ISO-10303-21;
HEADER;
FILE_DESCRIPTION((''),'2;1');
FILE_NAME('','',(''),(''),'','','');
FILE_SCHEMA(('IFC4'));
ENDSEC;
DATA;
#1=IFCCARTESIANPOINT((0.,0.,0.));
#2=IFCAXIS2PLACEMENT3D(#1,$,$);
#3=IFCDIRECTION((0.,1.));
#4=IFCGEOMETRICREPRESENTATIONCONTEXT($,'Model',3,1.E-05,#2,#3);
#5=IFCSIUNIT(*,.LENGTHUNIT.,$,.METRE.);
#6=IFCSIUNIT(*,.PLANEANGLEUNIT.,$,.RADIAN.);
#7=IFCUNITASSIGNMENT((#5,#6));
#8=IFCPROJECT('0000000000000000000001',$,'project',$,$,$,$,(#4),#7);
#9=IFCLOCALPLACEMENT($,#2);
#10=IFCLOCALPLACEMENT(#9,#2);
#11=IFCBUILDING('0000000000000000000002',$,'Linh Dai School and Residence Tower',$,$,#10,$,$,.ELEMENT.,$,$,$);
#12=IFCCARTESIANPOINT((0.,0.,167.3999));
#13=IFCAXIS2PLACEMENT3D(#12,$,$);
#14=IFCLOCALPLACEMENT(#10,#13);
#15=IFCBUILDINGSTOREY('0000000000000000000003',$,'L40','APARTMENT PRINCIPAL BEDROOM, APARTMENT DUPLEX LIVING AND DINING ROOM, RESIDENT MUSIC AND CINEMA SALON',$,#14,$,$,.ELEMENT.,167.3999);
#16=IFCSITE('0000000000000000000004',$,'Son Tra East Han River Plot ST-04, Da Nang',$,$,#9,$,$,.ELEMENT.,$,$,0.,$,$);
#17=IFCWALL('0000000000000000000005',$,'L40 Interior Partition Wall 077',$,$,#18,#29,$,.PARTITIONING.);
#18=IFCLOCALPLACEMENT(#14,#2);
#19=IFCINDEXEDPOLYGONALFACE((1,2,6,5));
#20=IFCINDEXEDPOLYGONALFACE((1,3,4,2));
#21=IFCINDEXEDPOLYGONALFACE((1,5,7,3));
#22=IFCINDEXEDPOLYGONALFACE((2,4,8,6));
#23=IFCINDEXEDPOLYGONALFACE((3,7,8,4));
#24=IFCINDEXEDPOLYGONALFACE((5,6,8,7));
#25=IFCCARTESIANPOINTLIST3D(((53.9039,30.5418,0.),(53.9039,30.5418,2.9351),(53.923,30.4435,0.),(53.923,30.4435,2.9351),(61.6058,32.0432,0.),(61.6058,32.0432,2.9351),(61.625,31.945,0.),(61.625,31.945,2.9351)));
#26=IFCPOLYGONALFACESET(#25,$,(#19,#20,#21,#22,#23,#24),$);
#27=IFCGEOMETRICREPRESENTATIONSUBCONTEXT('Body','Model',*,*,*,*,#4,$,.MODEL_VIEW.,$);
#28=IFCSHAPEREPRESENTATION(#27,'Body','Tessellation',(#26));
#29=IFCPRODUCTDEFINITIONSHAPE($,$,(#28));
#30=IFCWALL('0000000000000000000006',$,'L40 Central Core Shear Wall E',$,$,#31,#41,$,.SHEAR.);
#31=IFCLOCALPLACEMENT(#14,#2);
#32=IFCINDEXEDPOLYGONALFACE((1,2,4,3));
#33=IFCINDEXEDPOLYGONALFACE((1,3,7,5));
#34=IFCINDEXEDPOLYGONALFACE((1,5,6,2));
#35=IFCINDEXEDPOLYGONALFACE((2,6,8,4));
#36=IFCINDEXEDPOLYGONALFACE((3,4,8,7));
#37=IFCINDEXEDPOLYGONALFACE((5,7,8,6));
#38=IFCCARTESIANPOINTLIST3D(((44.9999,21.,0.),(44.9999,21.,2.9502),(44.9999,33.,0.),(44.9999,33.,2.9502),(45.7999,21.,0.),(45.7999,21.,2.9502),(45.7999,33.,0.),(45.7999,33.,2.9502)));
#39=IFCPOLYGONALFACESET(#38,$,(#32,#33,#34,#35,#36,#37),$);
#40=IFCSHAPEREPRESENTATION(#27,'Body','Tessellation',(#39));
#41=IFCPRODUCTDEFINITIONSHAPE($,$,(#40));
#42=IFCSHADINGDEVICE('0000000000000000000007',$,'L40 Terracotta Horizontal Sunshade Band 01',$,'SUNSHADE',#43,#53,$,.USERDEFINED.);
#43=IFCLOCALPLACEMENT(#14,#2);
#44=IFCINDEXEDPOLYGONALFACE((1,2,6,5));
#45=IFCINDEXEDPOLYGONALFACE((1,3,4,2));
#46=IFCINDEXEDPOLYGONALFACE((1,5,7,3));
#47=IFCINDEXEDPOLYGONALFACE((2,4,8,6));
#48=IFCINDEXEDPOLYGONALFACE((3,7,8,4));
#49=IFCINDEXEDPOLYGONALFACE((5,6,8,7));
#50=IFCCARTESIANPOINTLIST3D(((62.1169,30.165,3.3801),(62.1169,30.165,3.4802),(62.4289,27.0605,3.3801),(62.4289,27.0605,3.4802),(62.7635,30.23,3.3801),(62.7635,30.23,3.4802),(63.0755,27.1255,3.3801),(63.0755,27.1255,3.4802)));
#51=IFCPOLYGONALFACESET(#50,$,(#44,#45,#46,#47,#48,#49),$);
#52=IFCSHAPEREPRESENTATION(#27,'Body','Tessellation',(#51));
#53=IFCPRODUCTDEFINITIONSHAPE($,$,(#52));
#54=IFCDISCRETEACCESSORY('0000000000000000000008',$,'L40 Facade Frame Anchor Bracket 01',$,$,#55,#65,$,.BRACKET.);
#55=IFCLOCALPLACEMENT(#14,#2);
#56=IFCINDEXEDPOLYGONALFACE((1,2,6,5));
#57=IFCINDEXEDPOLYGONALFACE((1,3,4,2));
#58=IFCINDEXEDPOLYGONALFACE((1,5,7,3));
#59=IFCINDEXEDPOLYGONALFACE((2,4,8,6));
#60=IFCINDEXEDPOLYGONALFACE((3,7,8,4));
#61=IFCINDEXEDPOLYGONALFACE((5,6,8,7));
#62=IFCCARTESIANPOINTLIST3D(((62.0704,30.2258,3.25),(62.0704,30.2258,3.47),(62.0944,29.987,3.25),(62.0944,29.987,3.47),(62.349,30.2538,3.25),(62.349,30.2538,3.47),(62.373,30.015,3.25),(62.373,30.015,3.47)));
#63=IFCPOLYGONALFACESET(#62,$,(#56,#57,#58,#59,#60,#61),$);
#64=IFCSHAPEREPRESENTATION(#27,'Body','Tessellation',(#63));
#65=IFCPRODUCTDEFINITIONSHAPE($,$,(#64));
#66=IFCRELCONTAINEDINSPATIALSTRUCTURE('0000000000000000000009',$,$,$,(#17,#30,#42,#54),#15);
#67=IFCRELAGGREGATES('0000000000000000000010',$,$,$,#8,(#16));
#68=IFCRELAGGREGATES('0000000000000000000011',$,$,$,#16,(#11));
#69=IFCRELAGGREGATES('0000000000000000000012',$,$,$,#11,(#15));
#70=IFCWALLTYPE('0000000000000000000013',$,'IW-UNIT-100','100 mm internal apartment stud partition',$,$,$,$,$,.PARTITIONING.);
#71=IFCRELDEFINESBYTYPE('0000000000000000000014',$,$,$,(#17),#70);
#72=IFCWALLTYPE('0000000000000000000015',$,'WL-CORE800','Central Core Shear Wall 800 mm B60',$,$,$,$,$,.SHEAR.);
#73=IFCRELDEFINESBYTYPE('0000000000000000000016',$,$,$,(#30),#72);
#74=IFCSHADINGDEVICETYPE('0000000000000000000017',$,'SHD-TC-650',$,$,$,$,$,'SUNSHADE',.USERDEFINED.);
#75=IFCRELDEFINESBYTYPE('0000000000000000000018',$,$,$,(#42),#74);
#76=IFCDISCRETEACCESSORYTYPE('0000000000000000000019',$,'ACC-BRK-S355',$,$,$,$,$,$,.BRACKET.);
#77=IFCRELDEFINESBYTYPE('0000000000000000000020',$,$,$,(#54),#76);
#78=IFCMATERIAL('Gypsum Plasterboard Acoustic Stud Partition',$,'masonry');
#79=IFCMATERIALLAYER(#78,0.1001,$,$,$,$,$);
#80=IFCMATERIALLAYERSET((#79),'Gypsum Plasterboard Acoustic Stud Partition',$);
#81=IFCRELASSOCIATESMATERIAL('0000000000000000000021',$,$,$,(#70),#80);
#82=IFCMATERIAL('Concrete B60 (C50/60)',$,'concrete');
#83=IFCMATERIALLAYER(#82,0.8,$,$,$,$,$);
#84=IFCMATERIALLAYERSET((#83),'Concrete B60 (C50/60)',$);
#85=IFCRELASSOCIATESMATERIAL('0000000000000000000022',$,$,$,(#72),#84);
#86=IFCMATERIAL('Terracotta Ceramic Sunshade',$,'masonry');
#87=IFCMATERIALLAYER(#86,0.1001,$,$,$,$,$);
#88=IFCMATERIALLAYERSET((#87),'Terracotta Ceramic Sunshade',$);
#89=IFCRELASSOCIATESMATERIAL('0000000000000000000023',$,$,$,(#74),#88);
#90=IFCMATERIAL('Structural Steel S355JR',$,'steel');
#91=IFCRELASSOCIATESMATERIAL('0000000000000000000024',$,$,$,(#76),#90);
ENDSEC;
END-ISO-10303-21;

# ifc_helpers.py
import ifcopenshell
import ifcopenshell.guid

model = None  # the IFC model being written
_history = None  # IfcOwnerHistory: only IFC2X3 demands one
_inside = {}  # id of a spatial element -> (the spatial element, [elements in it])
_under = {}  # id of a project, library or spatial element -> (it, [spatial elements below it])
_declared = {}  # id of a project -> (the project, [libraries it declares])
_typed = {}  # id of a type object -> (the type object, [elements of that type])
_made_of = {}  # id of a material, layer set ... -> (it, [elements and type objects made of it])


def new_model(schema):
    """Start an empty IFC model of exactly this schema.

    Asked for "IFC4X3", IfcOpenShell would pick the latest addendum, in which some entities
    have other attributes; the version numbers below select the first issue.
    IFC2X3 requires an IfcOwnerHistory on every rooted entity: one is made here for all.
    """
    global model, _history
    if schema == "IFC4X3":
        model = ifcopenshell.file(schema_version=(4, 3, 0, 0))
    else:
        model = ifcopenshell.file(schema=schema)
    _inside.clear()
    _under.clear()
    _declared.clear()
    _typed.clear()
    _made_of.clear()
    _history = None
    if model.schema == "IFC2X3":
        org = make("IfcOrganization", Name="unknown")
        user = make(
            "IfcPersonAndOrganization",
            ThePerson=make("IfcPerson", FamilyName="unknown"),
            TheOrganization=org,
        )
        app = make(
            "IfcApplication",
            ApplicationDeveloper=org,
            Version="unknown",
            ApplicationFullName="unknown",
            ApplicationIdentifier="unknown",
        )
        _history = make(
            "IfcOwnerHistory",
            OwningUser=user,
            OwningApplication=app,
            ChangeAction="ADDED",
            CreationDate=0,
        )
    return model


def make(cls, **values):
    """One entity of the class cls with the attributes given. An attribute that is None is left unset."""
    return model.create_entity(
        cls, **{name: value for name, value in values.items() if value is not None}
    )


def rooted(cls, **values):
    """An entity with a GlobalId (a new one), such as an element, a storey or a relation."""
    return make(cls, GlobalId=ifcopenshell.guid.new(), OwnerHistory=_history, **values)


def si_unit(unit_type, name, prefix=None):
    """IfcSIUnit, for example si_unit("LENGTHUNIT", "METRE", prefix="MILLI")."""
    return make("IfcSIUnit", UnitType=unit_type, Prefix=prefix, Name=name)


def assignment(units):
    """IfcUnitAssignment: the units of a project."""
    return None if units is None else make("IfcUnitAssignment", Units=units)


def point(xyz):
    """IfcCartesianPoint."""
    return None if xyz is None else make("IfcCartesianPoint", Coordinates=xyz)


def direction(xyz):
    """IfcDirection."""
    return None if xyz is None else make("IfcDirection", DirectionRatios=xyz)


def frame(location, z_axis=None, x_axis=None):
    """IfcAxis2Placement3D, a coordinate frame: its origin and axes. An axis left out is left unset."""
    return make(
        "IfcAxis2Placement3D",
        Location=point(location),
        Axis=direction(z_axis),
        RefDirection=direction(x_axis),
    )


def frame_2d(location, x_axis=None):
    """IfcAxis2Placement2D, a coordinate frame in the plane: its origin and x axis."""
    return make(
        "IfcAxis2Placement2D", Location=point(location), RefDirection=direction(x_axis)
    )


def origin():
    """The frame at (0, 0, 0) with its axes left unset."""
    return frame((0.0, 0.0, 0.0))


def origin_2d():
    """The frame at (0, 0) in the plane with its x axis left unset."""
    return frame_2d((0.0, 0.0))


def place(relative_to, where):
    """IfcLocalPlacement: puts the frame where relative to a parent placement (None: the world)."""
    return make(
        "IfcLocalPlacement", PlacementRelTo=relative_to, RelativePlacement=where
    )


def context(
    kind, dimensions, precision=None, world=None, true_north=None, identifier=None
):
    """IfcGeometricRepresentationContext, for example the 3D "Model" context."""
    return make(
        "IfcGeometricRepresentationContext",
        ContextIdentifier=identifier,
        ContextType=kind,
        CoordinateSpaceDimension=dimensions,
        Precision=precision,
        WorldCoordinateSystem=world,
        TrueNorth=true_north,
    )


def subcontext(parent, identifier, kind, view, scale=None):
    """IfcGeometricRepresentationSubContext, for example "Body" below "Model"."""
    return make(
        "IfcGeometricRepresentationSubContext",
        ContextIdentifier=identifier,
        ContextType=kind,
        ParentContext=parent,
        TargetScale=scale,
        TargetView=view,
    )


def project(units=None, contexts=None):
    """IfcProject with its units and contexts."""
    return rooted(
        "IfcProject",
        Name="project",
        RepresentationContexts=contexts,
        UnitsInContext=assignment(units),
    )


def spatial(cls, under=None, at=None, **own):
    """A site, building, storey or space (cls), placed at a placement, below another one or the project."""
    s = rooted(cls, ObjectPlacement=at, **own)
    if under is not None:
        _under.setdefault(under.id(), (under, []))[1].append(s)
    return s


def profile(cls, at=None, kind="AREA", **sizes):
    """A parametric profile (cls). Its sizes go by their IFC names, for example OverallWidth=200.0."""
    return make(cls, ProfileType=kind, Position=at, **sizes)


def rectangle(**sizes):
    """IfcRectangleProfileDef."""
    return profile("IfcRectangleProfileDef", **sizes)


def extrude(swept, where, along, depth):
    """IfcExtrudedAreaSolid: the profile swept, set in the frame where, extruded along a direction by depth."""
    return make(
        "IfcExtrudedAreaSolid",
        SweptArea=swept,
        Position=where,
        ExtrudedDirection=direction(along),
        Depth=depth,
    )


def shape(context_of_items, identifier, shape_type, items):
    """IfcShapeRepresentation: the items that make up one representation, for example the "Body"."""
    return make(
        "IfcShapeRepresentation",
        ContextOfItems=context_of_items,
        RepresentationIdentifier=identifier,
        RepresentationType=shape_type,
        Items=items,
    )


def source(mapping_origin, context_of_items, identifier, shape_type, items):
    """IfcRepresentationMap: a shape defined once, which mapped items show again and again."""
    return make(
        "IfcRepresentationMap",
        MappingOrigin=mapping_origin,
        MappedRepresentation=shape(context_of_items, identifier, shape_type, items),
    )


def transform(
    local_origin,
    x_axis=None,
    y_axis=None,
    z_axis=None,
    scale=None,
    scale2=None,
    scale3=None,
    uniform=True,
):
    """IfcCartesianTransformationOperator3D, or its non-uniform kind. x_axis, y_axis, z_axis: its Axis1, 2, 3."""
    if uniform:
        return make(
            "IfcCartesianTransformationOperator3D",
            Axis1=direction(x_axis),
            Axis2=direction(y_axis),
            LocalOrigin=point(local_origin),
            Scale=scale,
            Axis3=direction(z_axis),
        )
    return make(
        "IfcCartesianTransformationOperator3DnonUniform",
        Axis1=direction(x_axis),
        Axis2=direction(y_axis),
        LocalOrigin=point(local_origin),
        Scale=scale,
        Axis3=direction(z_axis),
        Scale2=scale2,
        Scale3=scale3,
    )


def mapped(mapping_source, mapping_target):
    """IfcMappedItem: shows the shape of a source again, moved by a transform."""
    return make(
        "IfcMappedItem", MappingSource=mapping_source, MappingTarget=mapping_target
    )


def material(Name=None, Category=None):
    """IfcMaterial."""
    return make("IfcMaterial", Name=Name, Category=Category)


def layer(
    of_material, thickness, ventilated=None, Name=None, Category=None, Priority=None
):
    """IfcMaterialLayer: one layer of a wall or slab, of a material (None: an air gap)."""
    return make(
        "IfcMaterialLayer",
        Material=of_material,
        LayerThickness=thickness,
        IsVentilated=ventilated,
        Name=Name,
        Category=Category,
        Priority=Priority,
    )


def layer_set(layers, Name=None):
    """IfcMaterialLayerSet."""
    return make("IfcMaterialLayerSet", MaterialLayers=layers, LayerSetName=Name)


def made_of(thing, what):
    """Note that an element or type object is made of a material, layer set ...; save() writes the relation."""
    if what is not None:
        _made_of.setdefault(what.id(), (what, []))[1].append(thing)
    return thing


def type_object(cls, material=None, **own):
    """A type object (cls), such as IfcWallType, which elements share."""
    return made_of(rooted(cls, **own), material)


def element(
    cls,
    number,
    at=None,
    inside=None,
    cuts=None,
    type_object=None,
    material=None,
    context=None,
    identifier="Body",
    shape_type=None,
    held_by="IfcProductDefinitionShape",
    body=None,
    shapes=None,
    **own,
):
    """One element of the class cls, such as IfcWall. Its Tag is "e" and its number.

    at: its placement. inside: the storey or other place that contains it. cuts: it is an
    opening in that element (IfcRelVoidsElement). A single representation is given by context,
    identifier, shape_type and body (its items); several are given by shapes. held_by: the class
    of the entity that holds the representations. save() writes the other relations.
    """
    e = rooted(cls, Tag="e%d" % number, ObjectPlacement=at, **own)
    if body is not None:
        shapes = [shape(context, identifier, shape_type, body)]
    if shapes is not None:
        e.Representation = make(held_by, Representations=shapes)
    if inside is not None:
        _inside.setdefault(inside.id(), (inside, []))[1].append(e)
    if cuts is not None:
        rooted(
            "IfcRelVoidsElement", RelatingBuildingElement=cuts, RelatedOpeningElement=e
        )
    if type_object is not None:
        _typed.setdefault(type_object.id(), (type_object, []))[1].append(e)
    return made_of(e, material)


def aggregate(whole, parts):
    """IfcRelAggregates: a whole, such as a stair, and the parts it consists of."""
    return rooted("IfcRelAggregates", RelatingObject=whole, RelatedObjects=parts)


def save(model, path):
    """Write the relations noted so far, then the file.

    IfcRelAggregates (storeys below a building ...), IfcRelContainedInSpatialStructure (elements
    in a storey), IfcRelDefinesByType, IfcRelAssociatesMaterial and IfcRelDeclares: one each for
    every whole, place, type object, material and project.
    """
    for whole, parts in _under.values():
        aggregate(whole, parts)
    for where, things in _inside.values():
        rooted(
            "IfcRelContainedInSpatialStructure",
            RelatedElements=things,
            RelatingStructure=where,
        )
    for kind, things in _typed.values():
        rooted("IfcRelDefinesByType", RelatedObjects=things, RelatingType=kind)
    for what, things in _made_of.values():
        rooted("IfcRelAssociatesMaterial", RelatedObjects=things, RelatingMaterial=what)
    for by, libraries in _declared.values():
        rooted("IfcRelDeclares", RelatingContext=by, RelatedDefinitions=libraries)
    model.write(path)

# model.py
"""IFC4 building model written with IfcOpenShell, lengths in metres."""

from ifc_helpers import new_model, si_unit, direction, frame, frame_2d, origin, origin_2d, place, context, subcontext, project, spatial, rectangle, extrude, source, transform, mapped, material, layer, layer_set, type_object, element, save


model = new_model("IFC4")

# Units and contexts
model_context = context("Model", 3, precision=1e-05, world=origin(), true_north=direction((0.0, 1.0)))
body_context = subcontext(model_context, "Body", "Model", "MODEL_VIEW")
ifc_project = project(units=[si_unit("LENGTHUNIT", "METRE"), si_unit("PLANEANGLEUNIT", "RADIAN")], contexts=[model_context])

# Site, building, storey
site_placement = place(None, origin())
site = spatial("IfcSite", under=ifc_project, at=site_placement, Name="Son Tra East Han River Plot ST-04, Da Nang", CompositionType="ELEMENT", RefElevation=0.0)
building_placement = place(site_placement, origin())
building = spatial("IfcBuilding", under=site, at=building_placement, Name="Linh Dai School and Residence Tower", CompositionType="ELEMENT")
storey_placement = place(building_placement, frame((0.0, 0.0, 167.3999)))
storey = spatial("IfcBuildingStorey", under=building, at=storey_placement, Name="L40", Description="APARTMENT PRINCIPAL BEDROOM, APARTMENT DUPLEX LIVING AND DINING ROOM, RESIDENT MUSIC AND CINEMA SALON", CompositionType="ELEMENT", Elevation=167.3999)

# Shared definitions
ifc_material_1 = material(Name="Concrete B60 (C50/60)", Category="concrete")
ifc_material_2 = material(Name="Structural Steel S355JR", Category="steel")

# Shared definitions
ifc_material_3 = material(Name="Gypsum Plasterboard Acoustic Stud Partition", Category="masonry")
ifc_layer_1 = layer(ifc_material_3, 0.1001)
ifc_layer_set_1 = layer_set([ifc_layer_1], Name="Gypsum Plasterboard Acoustic Stud Partition")
wall_type_1 = type_object("IfcWallType", Name="IW-UNIT-100", Description="100 mm internal apartment stud partition", PredefinedType="PARTITIONING", material=ifc_layer_set_1)

# Walls
wall_1_placement = place(storey_placement, frame((53.9136, 30.4927, 0.0), z_axis=(0.0, 0.0, 1.0), x_axis=(0.981523, 0.191345, 0.0)))
element("IfcWall", 1, at=wall_1_placement, inside=storey, type_object=wall_type_1, Name="L40 Interior Partition Wall 077", PredefinedType="PARTITIONING", context=body_context, shape_type="SweptSolid", body=[
    extrude(rectangle(XDim=7.8469, YDim=0.1001, at=frame_2d((3.9233, 0.0))), origin(), (0.0, 0.0, 1.0), 2.9351),
])
ifc_layer_2 = layer(ifc_material_1, 0.8)
ifc_layer_set_2 = layer_set([ifc_layer_2], Name="Concrete B60 (C50/60)")
wall_type_2 = type_object("IfcWallType", Name="WL-CORE800", Description="Central Core Shear Wall 800 mm B60", PredefinedType="SHEAR", material=ifc_layer_set_2)
wall_2_placement = place(storey_placement, frame((45.3999, 33.0, 0.0), z_axis=(0.0, 0.0, 1.0), x_axis=(0.0, -1.0, 0.0)))
element("IfcWall", 2, at=wall_2_placement, inside=storey, type_object=wall_type_2, Name="L40 Central Core Shear Wall E", PredefinedType="SHEAR", context=body_context, shape_type="SweptSolid", body=[
    extrude(rectangle(XDim=12.0, YDim=0.8, at=frame_2d((6.0, 0.0))), origin(), (0.0, 0.0, 1.0), 2.9502),
])

# Shading device
ifc_material_4 = material(Name="Terracotta Ceramic Sunshade", Category="masonry")
ifc_layer_3 = layer(ifc_material_4, 0.1001)
ifc_layer_set_3 = layer_set([ifc_layer_3], Name="Terracotta Ceramic Sunshade")
shading_device_type = type_object("IfcShadingDeviceType", Name="SHD-TC-650", ElementType="SUNSHADE", PredefinedType="USERDEFINED", material=ifc_layer_set_3)
shared_shape_1 = source(origin(), body_context, "Body", "SweptSolid", [
    extrude(rectangle(XDim=3.1201, YDim=0.6499, at=origin_2d()), origin(), (0.0, 0.0, 1.0), 0.1001),
])
shading_device_placement = place(storey_placement, frame((62.5962, 28.6453, 3.3801), z_axis=(0.0, 0.0, 1.0), x_axis=(0.100002, -0.994987, 0.0)))
element("IfcShadingDevice", 3, at=shading_device_placement, inside=storey, type_object=shading_device_type, Name="L40 Terracotta Horizontal Sunshade Band 01", ObjectType="SUNSHADE", PredefinedType="USERDEFINED", context=body_context, shape_type="MappedRepresentation", body=[
    mapped(shared_shape_1, transform((0.0, 0.0, 0.0), x_axis=(1.0, 0.0, 0.0), y_axis=(0.0, 1.0, 0.0), z_axis=(0.0, 0.0, 1.0), scale=1.0)),
])

# Discrete accessory
discrete_accessory_type = type_object("IfcDiscreteAccessoryType", Name="ACC-BRK-S355", PredefinedType="BRACKET", material=ifc_material_2)
shared_shape_2 = source(origin(), body_context, "Body", "SweptSolid", [
    extrude(rectangle(XDim=0.28, YDim=0.24, at=origin_2d()), origin(), (0.0, 0.0, 1.0), 0.22),
])
discrete_accessory_placement = place(storey_placement, frame((62.2217, 30.1204, 3.25), z_axis=(0.0, 0.0, 1.0), x_axis=(0.994987, 0.100002, 0.0)))
element("IfcDiscreteAccessory", 4, at=discrete_accessory_placement, inside=storey, type_object=discrete_accessory_type, Name="L40 Facade Frame Anchor Bracket 01", PredefinedType="BRACKET", context=body_context, shape_type="MappedRepresentation", body=[
    mapped(shared_shape_2, transform((0.0, 0.0, 0.0), x_axis=(1.0, 0.0, 0.0), y_axis=(0.0, 1.0, 0.0), z_axis=(0.0, 0.0, 1.0), scale=1.0)),
])

save(model, "model.ifc")
